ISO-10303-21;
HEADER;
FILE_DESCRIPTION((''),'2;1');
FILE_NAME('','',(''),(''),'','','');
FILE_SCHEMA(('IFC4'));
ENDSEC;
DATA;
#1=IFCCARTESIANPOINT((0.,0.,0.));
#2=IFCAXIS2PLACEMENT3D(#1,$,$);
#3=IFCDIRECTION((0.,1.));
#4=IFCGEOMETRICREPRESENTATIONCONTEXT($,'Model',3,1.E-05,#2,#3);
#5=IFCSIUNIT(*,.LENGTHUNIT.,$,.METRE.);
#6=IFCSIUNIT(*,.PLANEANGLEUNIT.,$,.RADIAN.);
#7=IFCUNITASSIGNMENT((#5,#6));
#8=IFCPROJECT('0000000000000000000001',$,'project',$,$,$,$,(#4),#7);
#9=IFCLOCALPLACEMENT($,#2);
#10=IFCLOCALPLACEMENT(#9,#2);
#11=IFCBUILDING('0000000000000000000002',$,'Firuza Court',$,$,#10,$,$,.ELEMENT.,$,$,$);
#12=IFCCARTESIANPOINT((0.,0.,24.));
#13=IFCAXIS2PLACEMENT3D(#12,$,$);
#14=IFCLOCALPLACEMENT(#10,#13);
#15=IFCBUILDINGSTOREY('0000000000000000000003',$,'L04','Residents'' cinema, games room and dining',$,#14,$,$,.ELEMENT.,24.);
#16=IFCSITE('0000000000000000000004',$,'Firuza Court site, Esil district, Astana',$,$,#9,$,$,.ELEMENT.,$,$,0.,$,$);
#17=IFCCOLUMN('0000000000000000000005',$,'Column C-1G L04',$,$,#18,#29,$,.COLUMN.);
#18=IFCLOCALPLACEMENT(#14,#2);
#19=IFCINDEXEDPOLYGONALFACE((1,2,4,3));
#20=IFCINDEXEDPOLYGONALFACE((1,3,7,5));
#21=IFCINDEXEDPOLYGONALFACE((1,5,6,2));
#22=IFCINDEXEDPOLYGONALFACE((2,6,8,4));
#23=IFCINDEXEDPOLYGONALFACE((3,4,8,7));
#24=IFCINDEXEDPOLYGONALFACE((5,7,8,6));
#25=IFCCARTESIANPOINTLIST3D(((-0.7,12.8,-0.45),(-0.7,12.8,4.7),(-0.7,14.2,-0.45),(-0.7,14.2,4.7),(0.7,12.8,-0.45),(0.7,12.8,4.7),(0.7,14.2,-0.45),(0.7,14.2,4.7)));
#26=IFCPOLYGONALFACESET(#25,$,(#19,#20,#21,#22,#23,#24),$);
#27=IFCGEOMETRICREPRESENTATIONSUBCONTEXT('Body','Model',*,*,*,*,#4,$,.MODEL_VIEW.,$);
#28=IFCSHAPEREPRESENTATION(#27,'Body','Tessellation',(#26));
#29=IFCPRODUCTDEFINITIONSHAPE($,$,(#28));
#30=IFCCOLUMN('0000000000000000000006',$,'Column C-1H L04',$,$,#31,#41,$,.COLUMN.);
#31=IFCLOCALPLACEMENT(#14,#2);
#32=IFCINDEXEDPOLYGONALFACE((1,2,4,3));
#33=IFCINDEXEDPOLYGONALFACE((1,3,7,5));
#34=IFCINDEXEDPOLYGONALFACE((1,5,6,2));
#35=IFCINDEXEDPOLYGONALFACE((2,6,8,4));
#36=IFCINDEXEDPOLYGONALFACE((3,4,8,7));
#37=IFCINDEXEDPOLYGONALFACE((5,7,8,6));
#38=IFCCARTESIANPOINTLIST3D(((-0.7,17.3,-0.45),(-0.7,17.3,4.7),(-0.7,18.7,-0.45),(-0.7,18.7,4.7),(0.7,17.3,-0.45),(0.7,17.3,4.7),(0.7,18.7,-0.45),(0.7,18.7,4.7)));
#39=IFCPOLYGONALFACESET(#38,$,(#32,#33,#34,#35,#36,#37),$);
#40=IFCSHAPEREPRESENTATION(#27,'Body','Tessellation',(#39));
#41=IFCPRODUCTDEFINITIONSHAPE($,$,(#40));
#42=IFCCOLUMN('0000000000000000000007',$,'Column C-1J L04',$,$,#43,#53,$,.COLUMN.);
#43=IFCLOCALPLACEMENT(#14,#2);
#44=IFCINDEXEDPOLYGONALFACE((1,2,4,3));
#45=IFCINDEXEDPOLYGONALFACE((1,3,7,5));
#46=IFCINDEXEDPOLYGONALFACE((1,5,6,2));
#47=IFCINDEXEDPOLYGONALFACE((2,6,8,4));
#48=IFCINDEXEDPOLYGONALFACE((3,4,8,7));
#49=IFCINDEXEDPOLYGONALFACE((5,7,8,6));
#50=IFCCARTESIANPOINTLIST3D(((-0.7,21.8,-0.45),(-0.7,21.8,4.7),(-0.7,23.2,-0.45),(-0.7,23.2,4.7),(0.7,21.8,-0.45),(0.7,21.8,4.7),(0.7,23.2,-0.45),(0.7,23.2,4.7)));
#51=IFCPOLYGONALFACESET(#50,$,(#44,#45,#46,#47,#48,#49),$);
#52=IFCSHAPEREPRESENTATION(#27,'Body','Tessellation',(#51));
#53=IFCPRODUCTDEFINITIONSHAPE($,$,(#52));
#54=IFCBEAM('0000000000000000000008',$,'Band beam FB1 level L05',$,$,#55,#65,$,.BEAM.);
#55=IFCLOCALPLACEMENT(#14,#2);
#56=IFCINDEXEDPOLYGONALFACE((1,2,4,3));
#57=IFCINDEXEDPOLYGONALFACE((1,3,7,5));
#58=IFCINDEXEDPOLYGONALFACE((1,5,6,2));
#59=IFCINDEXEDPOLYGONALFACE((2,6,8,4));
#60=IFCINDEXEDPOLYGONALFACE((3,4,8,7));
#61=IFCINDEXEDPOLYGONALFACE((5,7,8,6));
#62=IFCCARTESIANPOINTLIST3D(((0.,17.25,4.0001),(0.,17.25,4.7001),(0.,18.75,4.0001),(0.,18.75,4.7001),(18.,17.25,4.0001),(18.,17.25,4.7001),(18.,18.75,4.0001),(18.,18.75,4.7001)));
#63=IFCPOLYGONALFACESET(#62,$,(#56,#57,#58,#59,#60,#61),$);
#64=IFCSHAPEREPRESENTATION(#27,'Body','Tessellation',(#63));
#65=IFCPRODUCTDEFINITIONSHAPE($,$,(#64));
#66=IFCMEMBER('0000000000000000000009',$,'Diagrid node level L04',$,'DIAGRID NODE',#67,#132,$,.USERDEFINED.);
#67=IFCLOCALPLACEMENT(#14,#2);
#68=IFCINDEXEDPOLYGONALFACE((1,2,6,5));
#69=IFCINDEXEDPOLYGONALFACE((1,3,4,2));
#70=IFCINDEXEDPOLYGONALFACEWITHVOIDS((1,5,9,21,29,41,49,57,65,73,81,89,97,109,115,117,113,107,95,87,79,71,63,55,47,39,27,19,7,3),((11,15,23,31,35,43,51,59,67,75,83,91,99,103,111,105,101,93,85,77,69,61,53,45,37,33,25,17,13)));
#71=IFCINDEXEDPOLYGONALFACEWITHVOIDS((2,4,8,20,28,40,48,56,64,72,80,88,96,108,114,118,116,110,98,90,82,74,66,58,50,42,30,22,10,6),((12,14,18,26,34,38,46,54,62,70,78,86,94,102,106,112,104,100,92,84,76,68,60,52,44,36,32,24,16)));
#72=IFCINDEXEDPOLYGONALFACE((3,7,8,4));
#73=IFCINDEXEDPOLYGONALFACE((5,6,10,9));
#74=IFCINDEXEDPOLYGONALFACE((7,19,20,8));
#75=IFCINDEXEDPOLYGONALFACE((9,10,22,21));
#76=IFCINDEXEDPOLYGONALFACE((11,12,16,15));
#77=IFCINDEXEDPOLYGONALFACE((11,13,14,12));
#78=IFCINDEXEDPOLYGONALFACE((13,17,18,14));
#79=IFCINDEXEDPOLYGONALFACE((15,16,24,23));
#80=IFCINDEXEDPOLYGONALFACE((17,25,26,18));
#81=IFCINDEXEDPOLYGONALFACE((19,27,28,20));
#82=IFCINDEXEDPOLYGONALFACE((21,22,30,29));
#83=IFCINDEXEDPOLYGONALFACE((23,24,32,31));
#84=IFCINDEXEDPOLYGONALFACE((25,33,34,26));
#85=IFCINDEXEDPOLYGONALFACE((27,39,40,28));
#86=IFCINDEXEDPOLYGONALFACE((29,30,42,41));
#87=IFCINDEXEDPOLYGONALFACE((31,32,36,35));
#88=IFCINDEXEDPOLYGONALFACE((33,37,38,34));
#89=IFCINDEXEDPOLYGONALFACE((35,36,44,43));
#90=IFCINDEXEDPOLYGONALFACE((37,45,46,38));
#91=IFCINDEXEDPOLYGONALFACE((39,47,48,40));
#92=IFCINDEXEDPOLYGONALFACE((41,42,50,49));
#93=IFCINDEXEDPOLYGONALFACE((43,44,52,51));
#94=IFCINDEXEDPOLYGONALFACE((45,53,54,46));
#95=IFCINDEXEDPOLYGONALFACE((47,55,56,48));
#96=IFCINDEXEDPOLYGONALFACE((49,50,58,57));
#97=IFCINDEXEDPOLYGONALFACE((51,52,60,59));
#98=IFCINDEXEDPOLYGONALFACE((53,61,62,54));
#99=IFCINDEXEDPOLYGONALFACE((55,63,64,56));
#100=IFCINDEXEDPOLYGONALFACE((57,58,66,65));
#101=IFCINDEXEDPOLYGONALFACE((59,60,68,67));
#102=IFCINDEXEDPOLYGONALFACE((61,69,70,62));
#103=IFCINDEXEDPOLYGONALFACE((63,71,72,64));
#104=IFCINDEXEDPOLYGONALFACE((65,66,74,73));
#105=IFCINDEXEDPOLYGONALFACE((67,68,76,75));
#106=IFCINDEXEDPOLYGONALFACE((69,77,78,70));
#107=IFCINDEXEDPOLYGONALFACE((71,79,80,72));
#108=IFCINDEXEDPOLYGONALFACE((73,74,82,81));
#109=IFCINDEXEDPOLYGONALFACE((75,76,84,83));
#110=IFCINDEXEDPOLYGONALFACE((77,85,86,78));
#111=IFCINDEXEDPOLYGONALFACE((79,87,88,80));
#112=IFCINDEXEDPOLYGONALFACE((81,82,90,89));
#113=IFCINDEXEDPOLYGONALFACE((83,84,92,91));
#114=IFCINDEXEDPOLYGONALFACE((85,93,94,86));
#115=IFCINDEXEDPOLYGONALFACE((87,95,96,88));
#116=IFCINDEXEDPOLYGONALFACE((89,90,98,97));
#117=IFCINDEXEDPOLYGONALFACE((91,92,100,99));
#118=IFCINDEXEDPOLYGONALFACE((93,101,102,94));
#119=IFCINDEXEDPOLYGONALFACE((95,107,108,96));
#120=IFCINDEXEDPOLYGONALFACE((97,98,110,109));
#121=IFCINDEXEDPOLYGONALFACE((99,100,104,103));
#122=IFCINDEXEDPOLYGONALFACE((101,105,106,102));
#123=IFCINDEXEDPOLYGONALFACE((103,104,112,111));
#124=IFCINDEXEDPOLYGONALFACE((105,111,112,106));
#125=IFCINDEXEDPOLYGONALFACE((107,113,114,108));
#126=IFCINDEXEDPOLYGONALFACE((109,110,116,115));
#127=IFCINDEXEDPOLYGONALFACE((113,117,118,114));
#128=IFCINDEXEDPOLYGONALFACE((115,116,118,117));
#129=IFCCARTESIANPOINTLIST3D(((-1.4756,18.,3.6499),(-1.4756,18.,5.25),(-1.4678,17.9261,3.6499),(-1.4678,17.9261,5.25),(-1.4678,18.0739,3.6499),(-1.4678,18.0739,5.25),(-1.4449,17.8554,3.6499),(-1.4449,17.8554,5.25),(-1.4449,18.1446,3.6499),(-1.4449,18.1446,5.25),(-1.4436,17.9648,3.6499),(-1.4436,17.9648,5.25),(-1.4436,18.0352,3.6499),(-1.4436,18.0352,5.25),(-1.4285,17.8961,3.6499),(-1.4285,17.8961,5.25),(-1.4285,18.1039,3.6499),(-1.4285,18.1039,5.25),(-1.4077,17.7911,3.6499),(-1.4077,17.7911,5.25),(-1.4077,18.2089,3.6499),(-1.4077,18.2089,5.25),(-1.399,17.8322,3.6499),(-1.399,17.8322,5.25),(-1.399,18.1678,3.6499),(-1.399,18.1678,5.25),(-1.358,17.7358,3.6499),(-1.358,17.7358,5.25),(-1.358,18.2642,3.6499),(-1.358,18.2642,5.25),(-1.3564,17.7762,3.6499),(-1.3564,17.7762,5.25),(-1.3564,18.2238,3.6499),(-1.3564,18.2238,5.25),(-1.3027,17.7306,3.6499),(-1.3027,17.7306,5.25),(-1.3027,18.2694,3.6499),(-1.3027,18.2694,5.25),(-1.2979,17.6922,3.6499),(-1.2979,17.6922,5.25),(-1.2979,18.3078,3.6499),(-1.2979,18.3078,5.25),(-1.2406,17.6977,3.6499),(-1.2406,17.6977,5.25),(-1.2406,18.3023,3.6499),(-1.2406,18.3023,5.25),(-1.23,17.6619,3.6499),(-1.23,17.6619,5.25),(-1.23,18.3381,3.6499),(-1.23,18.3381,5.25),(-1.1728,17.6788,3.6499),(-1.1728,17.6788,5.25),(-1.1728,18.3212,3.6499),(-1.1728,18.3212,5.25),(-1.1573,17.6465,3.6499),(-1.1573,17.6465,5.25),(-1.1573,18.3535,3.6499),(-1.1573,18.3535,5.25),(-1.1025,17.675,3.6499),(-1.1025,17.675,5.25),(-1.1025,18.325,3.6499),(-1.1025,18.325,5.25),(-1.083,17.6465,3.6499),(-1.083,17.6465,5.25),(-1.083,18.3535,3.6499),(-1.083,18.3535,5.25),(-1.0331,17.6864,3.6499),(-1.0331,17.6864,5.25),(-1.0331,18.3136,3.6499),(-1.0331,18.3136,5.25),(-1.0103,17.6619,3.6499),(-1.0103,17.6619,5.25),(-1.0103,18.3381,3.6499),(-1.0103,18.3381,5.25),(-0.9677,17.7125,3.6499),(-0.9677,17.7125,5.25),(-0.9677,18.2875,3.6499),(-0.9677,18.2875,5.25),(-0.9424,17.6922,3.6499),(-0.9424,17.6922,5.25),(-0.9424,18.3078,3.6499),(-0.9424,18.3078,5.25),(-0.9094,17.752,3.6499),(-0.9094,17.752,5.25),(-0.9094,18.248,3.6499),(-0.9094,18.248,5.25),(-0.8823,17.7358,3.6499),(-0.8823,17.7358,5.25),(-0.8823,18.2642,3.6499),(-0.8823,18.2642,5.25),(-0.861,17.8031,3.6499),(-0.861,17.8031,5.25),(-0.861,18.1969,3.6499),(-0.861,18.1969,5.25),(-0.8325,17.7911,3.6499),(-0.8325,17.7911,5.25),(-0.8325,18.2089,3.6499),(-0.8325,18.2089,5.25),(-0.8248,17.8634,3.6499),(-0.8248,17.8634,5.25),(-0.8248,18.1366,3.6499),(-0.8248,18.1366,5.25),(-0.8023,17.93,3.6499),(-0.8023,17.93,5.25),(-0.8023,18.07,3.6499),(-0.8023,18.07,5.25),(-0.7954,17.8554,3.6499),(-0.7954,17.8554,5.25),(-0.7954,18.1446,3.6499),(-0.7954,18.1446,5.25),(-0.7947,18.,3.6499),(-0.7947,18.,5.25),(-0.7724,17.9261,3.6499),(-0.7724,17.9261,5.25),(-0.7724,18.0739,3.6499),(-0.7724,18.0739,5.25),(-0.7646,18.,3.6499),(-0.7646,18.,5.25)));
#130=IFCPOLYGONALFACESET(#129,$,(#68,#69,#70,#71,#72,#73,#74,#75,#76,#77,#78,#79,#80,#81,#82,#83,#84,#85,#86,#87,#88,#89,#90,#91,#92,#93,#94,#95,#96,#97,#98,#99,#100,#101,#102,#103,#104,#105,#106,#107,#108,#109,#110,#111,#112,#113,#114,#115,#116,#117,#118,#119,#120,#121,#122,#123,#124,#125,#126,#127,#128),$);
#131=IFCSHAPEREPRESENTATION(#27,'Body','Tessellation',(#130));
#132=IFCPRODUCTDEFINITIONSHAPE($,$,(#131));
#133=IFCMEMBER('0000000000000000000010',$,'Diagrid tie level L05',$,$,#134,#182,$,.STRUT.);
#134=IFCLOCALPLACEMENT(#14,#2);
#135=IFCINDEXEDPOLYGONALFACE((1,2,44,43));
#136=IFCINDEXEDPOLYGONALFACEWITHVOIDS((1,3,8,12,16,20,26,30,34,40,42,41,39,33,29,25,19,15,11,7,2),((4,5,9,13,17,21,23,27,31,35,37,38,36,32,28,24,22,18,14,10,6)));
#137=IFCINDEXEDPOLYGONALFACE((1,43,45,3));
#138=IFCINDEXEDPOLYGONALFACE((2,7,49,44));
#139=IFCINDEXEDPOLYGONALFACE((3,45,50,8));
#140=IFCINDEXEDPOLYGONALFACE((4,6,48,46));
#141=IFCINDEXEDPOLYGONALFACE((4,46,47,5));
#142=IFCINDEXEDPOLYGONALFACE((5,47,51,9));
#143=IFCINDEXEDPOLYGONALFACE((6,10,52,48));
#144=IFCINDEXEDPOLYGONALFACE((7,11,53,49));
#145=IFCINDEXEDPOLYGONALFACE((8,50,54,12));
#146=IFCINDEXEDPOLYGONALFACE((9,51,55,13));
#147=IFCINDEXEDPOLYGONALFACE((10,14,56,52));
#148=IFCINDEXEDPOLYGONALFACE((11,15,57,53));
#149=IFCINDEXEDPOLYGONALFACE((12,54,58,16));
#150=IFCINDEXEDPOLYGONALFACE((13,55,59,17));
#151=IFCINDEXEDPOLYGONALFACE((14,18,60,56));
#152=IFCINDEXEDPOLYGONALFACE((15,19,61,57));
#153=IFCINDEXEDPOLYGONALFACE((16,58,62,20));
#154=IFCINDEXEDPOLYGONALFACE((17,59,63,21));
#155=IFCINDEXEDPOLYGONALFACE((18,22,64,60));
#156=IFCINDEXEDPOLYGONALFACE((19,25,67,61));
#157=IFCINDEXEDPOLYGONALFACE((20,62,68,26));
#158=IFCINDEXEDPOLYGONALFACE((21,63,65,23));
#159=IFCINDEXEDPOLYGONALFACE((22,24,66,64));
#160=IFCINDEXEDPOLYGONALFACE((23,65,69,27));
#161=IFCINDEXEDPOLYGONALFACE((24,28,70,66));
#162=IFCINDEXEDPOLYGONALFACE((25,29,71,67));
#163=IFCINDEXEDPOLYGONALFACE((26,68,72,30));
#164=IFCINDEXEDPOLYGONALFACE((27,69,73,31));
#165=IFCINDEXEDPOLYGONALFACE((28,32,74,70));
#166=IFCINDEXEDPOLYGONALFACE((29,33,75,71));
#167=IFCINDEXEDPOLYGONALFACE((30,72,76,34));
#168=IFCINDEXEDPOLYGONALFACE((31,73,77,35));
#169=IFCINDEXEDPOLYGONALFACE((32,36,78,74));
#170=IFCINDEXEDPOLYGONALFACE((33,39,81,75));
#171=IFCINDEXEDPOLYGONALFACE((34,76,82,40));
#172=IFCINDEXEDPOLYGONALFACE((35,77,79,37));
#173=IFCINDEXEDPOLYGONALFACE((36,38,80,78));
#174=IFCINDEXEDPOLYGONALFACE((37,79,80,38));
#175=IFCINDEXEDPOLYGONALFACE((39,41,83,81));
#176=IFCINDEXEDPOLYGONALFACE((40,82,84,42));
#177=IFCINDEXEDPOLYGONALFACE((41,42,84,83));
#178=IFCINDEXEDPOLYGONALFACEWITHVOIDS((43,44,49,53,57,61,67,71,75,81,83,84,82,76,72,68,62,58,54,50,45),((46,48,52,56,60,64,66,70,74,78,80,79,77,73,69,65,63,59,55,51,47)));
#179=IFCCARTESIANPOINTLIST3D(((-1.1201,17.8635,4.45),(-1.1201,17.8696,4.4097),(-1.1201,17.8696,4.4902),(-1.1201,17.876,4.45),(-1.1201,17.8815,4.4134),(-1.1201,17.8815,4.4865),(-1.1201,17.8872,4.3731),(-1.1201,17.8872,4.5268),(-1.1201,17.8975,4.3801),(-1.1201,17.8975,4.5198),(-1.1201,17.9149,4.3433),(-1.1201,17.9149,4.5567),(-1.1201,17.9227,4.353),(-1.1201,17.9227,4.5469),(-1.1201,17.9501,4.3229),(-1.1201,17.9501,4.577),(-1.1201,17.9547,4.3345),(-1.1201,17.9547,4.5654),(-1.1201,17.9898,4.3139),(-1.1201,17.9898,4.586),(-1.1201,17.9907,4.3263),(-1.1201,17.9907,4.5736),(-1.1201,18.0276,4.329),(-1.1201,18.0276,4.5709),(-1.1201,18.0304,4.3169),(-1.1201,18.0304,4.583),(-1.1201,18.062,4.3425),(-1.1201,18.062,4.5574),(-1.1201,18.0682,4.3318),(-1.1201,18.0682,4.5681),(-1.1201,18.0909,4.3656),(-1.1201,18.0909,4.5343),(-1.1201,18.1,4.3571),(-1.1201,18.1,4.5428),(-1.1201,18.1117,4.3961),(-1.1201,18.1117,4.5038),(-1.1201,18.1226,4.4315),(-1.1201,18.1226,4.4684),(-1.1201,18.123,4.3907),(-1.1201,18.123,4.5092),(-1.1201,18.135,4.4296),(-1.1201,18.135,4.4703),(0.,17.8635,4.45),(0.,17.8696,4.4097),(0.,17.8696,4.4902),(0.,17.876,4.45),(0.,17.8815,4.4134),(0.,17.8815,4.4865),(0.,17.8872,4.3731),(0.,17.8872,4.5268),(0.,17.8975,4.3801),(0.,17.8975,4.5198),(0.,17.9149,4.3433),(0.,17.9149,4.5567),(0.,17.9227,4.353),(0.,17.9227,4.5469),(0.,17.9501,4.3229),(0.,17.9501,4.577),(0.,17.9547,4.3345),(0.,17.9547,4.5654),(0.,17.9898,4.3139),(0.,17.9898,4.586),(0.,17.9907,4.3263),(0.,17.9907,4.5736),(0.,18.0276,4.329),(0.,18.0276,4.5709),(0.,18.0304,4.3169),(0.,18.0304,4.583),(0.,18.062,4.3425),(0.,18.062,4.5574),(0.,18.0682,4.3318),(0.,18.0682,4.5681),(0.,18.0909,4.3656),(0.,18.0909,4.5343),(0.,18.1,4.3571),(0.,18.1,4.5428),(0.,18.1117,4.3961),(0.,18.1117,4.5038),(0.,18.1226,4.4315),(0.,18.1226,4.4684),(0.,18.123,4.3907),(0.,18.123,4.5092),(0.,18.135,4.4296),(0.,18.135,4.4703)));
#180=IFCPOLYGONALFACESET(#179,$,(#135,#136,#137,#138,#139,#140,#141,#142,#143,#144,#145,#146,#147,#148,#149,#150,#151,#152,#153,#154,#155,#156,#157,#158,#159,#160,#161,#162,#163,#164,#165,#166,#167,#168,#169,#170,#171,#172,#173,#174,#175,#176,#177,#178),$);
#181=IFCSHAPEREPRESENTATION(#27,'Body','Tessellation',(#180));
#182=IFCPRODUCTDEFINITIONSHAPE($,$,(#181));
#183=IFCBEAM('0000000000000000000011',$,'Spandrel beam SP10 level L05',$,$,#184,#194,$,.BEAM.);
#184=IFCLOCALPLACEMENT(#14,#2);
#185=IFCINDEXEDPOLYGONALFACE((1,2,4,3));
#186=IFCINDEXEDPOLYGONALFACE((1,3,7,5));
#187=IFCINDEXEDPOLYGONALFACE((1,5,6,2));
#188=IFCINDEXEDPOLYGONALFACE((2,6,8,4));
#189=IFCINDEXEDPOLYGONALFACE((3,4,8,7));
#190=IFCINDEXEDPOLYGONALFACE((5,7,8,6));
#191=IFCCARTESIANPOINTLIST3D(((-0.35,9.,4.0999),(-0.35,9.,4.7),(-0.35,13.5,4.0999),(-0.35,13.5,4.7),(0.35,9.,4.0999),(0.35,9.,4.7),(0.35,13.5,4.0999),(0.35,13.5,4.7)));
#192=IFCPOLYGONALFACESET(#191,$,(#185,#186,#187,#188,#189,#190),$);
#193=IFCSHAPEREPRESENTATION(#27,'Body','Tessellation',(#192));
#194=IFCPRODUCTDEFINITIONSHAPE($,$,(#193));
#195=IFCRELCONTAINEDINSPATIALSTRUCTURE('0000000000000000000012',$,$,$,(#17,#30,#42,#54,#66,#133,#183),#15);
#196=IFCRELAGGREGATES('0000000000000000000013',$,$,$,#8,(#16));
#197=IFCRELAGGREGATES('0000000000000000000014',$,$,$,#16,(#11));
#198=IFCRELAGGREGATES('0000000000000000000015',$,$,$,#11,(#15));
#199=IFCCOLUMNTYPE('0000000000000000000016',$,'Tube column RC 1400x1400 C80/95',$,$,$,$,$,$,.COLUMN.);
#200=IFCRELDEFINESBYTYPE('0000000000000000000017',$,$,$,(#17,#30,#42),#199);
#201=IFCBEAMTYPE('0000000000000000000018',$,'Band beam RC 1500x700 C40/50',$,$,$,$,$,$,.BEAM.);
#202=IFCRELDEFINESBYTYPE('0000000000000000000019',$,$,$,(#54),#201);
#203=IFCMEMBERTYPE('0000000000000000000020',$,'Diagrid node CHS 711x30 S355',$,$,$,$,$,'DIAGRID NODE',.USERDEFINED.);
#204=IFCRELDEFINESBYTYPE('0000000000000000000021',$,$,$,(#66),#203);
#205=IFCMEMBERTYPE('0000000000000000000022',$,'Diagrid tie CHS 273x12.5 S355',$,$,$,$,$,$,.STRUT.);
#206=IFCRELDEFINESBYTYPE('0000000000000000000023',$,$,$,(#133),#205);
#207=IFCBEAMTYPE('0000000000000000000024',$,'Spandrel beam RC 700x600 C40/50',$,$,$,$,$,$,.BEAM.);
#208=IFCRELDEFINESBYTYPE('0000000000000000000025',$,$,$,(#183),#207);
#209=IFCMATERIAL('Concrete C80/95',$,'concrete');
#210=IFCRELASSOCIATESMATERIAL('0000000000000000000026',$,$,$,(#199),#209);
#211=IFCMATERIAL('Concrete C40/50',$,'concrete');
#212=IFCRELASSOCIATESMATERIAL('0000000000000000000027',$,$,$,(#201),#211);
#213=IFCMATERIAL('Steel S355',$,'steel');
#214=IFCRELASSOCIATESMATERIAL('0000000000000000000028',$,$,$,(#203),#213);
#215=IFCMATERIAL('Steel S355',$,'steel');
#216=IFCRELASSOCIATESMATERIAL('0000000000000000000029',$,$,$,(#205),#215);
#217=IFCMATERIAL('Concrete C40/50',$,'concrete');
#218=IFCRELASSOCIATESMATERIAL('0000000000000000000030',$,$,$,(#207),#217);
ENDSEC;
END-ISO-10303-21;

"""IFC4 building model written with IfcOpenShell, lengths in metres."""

from ifc_helpers import new_model, si_unit, direction, frame, origin, origin_2d, place, context, subcontext, project, spatial, rectangle, hollow_circle, extrude, material, material_profile, profile_set, type_object, element, save


model = new_model("IFC4")

# Units and contexts
model_context = context("Model", 3, precision=1e-05, world=origin(), true_north=direction((0.0, 1.0)))
body_context = subcontext(model_context, "Body", "Model", "MODEL_VIEW")
ifc_project = project(units=[si_unit("LENGTHUNIT", "METRE"), si_unit("PLANEANGLEUNIT", "RADIAN")], contexts=[model_context])

# Site, building, storey
site_placement = place(None, origin())
site = spatial("IfcSite", under=ifc_project, at=site_placement, Name="Firuza Court site, Esil district, Astana", CompositionType="ELEMENT", RefElevation=0.0)
building_placement = place(site_placement, origin())
building = spatial("IfcBuilding", under=site, at=building_placement, Name="Firuza Court", CompositionType="ELEMENT")
storey_placement = place(building_placement, frame((0.0, 0.0, 24.0)))
storey = spatial("IfcBuildingStorey", under=building, at=storey_placement, Name="L04", Description="Residents' cinema, games room and dining", CompositionType="ELEMENT", Elevation=24.0)

# Columns
ifc_material_1 = material(Name="Concrete C80/95", Category="concrete")
ifc_material_profile_1 = material_profile(ifc_material_1, rectangle(XDim=1.3999, YDim=1.3999, at=origin_2d()), Name="RC 1400x1400")
ifc_profile_set_1 = profile_set([ifc_material_profile_1], Name="Concrete C80/95")
column_type = type_object("IfcColumnType", Name="Tube column RC 1400x1400 C80/95", PredefinedType="COLUMN", material=ifc_profile_set_1)
for number, where, z_axis, x_axis, name in (
    (1, (0.0, 13.5, -0.45), (0.0, 0.0, 1.0), (1.0, 0.0, 0.0), "Column C-1G L04"),
    (2, (0.0, 18.0, -0.45), (0.0, 0.0, 1.0), (1.0, 0.0, 0.0), "Column C-1H L04"),
    (3, (0.0, 22.5, -0.45), (0.0, 0.0, 1.0), (1.0, 0.0, 0.0), "Column C-1J L04"),
):
    element("IfcColumn", number, at=place(storey_placement, frame(where, z_axis=z_axis, x_axis=x_axis)), inside=storey, type_object=column_type, Name=name, PredefinedType="COLUMN", context=body_context, shape_type="SweptSolid", body=[
        extrude(rectangle(XDim=1.3999, YDim=1.3999, at=origin_2d()), origin(), (0.0, 0.0, 1.0), 5.1499),
    ])

# Beam
ifc_material_2 = material(Name="Concrete C40/50", Category="concrete")
ifc_material_profile_2 = material_profile(ifc_material_2, rectangle(XDim=1.5, YDim=0.7, at=origin_2d()), Name="RC 1500x700")
ifc_profile_set_2 = profile_set([ifc_material_profile_2], Name="Concrete C40/50")
beam_type_1 = type_object("IfcBeamType", Name="Band beam RC 1500x700 C40/50", PredefinedType="BEAM", material=ifc_profile_set_2)
beam_placement = place(storey_placement, frame((0.0, 18.0, 4.3501), z_axis=(1.0, 0.0, 0.0), x_axis=(0.0, 1.0, 0.0)))
element("IfcBeam", 4, at=beam_placement, inside=storey, type_object=beam_type_1, Name="Band beam FB1 level L05", PredefinedType="BEAM", context=body_context, shape_type="SweptSolid", body=[
    extrude(rectangle(XDim=1.5, YDim=0.7, at=origin_2d()), origin(), (0.0, 0.0, 1.0), 18.0),
])

# Members
ifc_material_3 = material(Name="Steel S355", Category="steel")
ifc_material_profile_3 = material_profile(ifc_material_3, hollow_circle(Radius=0.3555, WallThickness=0.03, at=origin_2d()), Name="CHS 711x30")
ifc_profile_set_3 = profile_set([ifc_material_profile_3], Name="Steel S355")
member_type_1 = type_object("IfcMemberType", Name="Diagrid node CHS 711x30 S355", ElementType="DIAGRID NODE", PredefinedType="USERDEFINED", material=ifc_profile_set_3)
member_1_placement = place(storey_placement, frame((-1.1201, 18.0, 3.6499), z_axis=(0.0, 0.0, 1.0), x_axis=(1.0, 0.0, 0.0)))
element("IfcMember", 5, at=member_1_placement, inside=storey, type_object=member_type_1, Name="Diagrid node level L04", ObjectType="DIAGRID NODE", PredefinedType="USERDEFINED", context=body_context, shape_type="SweptSolid", body=[
    extrude(hollow_circle(Radius=0.3555, WallThickness=0.03, at=origin_2d()), origin(), (0.0, 0.0, 1.0), 1.6001),
])
ifc_material_4 = material(Name="Steel S355", Category="steel")
ifc_material_profile_4 = material_profile(ifc_material_4, hollow_circle(Radius=0.1365, WallThickness=0.0125, at=origin_2d()), Name="CHS 273x12.5")
ifc_profile_set_4 = profile_set([ifc_material_profile_4], Name="Steel S355")
member_type_2 = type_object("IfcMemberType", Name="Diagrid tie CHS 273x12.5 S355", PredefinedType="STRUT", material=ifc_profile_set_4)
member_2_placement = place(storey_placement, frame((0.0, 18.0, 4.45), z_axis=(-1.0, 0.0, 0.0), x_axis=(0.0, -1.0, 0.0)))
element("IfcMember", 6, at=member_2_placement, inside=storey, type_object=member_type_2, Name="Diagrid tie level L05", PredefinedType="STRUT", context=body_context, shape_type="SweptSolid", body=[
    extrude(hollow_circle(Radius=0.1365, WallThickness=0.0125, at=origin_2d()), origin(), (0.0, 0.0, 1.0), 1.1201),
])

# Beam
ifc_material_5 = material(Name="Concrete C40/50", Category="concrete")
ifc_material_profile_5 = material_profile(ifc_material_5, rectangle(XDim=0.7, YDim=0.6001, at=origin_2d()), Name="RC 700x600")
ifc_profile_set_5 = profile_set([ifc_material_profile_5], Name="Concrete C40/50")
beam_type_2 = type_object("IfcBeamType", Name="Spandrel beam RC 700x600 C40/50", PredefinedType="BEAM", material=ifc_profile_set_5)
for number, where, z_axis, x_axis, name in (
    (7, (0.0, 13.5, 4.3999), (0.0, -1.0, 0.0), (1.0, 0.0, 0.0), "Spandrel beam SP10 level L05"),
):
    element("IfcBeam", number, at=place(storey_placement, frame(where, z_axis=z_axis, x_axis=x_axis)), inside=storey, type_object=beam_type_2, Name=name, PredefinedType="BEAM", context=body_context, shape_type="SweptSolid", body=[
        extrude(rectangle(XDim=0.7, YDim=0.6001, at=origin_2d()), origin(), (0.0, 0.0, 1.0), 4.5),
    ])

save(model, "model.ifc")
